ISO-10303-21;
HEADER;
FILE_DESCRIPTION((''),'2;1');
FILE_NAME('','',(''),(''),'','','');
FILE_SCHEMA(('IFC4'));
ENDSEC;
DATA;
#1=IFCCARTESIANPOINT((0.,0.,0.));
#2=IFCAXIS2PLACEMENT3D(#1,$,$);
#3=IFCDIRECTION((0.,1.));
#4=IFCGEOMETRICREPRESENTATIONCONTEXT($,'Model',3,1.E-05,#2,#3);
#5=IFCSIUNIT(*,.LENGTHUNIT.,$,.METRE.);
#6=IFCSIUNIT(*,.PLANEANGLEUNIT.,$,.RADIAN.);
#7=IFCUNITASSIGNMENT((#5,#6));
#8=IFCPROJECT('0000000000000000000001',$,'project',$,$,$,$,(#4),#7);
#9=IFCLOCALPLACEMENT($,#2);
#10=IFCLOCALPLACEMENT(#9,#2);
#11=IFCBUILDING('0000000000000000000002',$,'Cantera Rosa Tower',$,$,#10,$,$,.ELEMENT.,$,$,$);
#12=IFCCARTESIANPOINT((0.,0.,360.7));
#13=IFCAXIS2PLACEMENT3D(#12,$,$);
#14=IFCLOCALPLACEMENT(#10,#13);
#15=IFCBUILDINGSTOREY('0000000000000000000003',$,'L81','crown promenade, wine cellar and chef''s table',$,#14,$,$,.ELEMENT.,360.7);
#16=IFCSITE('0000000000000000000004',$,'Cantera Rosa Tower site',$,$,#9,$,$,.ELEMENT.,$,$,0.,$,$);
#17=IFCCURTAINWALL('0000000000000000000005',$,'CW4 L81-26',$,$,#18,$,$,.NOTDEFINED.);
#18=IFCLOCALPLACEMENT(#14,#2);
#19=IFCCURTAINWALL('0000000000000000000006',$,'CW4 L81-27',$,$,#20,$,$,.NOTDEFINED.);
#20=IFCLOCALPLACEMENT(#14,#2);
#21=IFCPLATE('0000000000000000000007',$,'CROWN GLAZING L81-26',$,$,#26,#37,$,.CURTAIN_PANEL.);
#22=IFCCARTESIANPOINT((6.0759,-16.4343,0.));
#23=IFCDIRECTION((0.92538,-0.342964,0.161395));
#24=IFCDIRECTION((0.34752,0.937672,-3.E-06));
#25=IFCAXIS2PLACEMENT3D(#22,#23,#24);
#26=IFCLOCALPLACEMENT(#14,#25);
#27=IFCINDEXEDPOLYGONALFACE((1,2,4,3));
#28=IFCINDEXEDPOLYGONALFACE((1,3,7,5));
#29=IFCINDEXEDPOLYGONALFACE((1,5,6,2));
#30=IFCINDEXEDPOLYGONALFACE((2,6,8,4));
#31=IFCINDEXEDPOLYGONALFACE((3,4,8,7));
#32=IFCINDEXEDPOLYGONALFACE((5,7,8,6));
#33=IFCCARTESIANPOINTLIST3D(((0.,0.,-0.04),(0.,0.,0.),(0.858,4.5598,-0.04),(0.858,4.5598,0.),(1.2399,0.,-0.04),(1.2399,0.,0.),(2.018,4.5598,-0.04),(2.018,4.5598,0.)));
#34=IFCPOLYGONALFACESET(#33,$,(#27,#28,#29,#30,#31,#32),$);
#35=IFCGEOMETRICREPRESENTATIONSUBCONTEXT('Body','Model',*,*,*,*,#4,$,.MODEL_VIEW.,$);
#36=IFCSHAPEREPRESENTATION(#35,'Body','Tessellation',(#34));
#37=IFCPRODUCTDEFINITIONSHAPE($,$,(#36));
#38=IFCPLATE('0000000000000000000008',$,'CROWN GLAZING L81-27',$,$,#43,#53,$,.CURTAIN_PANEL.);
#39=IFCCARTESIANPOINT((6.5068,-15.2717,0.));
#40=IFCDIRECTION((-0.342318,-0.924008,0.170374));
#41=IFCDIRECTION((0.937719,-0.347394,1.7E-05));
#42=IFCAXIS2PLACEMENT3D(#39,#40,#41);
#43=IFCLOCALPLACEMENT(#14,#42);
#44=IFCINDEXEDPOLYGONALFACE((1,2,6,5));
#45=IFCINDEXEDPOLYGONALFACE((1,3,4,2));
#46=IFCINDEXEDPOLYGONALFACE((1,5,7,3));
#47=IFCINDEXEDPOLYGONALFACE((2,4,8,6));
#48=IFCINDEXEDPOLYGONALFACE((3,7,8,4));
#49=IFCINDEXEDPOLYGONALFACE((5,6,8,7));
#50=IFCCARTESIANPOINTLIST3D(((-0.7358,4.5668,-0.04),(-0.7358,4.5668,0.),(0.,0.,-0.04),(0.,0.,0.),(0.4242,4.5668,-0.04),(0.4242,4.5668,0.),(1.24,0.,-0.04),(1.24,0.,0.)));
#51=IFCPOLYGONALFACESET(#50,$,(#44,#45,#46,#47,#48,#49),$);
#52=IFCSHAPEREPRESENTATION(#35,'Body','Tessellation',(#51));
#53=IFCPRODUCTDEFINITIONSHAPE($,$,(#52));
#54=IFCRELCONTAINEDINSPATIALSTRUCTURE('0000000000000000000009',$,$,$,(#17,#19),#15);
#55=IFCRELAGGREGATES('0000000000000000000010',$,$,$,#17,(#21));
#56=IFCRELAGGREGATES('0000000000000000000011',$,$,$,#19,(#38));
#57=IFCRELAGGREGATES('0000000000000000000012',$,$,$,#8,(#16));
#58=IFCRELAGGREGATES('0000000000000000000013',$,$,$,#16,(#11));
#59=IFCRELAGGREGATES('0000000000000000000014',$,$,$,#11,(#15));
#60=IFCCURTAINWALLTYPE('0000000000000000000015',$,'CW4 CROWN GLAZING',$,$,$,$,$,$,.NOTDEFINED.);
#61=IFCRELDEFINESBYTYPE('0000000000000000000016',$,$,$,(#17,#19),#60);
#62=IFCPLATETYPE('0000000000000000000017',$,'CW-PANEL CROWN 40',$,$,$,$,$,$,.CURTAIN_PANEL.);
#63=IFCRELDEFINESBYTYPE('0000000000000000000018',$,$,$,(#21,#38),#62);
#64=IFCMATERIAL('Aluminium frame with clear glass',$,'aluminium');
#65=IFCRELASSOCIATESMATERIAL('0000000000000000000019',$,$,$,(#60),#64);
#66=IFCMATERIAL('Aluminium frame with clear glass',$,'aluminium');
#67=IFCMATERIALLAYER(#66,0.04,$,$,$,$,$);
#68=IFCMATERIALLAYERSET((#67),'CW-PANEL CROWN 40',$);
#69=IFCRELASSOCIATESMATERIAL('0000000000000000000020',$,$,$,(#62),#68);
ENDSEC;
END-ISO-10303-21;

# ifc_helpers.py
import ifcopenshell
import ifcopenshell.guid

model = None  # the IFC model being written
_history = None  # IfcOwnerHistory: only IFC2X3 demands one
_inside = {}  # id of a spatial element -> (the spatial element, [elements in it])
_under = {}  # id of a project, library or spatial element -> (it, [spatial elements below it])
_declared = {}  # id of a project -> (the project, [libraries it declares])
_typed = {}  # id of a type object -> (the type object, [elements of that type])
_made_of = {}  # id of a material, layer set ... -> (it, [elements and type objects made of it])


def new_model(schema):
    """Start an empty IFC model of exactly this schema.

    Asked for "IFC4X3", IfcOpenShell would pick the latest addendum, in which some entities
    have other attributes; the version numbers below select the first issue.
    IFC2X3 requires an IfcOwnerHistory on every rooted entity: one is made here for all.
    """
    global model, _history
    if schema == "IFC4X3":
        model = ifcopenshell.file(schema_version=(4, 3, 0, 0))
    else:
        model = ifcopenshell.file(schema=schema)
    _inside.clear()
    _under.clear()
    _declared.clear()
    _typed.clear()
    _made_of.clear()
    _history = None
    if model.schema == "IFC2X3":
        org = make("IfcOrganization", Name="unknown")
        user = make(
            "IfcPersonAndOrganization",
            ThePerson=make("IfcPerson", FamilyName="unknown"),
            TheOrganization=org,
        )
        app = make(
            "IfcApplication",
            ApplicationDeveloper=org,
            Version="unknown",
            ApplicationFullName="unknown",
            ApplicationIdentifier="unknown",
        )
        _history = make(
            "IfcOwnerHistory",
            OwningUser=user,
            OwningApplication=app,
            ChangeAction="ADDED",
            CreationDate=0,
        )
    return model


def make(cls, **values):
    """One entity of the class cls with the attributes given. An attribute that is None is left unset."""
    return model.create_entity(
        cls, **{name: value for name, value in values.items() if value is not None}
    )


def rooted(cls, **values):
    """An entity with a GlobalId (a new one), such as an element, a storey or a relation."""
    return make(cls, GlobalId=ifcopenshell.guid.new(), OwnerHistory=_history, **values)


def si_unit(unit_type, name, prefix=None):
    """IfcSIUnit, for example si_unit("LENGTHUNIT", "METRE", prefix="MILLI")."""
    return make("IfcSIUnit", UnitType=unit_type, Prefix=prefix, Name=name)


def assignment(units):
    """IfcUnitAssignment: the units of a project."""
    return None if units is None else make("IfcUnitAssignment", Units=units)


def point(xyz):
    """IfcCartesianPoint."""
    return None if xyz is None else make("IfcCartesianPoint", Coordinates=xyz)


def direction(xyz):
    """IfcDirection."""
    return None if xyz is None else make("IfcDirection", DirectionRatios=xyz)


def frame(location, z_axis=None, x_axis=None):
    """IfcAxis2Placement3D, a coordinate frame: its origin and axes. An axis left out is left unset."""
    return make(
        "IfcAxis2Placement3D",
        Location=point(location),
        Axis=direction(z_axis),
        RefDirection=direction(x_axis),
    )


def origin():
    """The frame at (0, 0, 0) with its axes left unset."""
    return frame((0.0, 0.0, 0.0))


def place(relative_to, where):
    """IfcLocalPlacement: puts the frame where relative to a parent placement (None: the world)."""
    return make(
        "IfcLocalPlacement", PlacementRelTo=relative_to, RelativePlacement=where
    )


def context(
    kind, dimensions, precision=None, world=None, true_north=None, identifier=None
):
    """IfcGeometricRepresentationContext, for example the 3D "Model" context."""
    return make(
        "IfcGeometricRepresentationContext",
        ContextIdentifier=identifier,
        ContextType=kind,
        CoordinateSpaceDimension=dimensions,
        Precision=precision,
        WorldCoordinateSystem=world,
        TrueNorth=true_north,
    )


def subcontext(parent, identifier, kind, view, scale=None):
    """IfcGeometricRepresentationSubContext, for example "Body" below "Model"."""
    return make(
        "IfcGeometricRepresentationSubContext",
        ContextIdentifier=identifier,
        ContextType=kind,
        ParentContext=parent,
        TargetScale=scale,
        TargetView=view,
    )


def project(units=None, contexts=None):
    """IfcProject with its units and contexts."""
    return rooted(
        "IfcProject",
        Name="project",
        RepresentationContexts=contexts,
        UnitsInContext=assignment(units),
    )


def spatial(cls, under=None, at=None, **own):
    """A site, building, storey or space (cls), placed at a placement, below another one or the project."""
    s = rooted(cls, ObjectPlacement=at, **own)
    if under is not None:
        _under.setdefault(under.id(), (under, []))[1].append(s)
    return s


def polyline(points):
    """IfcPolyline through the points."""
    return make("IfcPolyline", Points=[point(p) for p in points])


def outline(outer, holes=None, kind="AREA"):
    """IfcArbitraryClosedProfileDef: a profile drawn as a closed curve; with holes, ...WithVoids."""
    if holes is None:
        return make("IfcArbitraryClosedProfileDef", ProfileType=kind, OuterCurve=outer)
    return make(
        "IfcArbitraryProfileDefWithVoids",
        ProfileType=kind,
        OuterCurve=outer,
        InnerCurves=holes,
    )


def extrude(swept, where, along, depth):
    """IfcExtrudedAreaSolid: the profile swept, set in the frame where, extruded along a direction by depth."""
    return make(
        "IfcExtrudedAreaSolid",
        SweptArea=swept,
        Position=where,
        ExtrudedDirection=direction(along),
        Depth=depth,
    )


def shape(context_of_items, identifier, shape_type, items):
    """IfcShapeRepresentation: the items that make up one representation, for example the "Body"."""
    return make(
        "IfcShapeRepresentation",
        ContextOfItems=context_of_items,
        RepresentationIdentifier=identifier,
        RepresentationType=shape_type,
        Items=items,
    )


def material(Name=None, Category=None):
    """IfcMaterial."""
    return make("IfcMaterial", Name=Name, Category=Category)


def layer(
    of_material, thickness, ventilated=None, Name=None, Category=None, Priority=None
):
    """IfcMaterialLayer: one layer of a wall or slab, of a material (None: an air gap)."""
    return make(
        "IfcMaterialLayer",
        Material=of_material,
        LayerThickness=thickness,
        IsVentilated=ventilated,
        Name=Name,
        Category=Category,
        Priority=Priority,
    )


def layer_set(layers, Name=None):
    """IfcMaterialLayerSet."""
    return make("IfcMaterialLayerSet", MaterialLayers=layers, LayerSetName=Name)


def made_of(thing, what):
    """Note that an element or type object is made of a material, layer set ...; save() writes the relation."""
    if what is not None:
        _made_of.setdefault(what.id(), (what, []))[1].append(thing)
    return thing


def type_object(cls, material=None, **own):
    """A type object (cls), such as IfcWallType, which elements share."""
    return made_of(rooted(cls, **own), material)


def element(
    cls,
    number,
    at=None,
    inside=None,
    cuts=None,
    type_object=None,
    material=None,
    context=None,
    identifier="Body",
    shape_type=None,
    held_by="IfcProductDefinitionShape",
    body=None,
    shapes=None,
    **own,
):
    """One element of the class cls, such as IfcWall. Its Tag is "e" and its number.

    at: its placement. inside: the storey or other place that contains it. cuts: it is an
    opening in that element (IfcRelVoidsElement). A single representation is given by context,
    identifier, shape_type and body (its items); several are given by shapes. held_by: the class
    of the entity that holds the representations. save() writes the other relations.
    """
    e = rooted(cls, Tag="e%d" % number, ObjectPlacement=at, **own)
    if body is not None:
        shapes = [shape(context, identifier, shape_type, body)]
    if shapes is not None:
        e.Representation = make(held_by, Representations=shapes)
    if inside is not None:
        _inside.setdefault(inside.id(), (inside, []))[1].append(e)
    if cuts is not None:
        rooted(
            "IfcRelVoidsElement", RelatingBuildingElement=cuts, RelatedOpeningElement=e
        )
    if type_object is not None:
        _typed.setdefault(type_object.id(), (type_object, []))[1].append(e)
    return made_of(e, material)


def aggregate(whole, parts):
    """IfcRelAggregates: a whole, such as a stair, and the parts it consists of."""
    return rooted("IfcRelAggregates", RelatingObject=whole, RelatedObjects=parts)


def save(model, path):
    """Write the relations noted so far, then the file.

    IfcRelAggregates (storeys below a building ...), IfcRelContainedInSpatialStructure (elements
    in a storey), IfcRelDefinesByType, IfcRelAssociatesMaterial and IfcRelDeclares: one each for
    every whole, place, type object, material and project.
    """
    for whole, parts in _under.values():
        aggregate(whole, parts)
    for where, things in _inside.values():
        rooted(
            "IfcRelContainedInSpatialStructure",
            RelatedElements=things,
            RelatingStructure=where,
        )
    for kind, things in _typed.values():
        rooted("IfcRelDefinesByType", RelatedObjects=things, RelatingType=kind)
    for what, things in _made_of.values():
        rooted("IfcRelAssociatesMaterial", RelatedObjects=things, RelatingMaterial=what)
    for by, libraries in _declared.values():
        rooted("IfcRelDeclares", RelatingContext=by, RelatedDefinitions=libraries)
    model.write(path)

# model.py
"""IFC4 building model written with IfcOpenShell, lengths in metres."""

from ifc_helpers import new_model, si_unit, direction, frame, origin, place, context, subcontext, project, spatial, polyline, outline, extrude, material, layer, layer_set, type_object, element, aggregate, save


model = new_model("IFC4")

# Units and contexts
model_context = context("Model", 3, precision=1e-05, world=origin(), true_north=direction((0.0, 1.0)))
body_context = subcontext(model_context, "Body", "Model", "MODEL_VIEW")
ifc_project = project(units=[si_unit("LENGTHUNIT", "METRE"), si_unit("PLANEANGLEUNIT", "RADIAN")], contexts=[model_context])

# Site, building, storey
site_placement = place(None, origin())
site = spatial("IfcSite", under=ifc_project, at=site_placement, Name="Cantera Rosa Tower site", CompositionType="ELEMENT", RefElevation=0.0)
building_placement = place(site_placement, origin())
building = spatial("IfcBuilding", under=site, at=building_placement, Name="Cantera Rosa Tower", CompositionType="ELEMENT")
storey_placement = place(building_placement, frame((0.0, 0.0, 360.7)))
storey = spatial("IfcBuildingStorey", under=building, at=storey_placement, Name="L81", Description="crown promenade, wine cellar and chef's table", CompositionType="ELEMENT", Elevation=360.7)

# Curtain walls
ifc_material_1 = material(Name="Aluminium frame with clear glass", Category="aluminium")
curtain_wall_type = type_object("IfcCurtainWallType", Name="CW4 CROWN GLAZING", PredefinedType="NOTDEFINED", material=ifc_material_1)
curtain_wall_1_placement = place(storey_placement, origin())
curtain_wall_1 = element("IfcCurtainWall", 1, at=curtain_wall_1_placement, inside=storey, type_object=curtain_wall_type, Name="CW4 L81-26", PredefinedType="NOTDEFINED")
curtain_wall_2_placement = place(storey_placement, origin())
curtain_wall_2 = element("IfcCurtainWall", 2, at=curtain_wall_2_placement, inside=storey, type_object=curtain_wall_type, Name="CW4 L81-27", PredefinedType="NOTDEFINED")

# Plates
ifc_material_2 = material(Name="Aluminium frame with clear glass", Category="aluminium")
ifc_layer_1 = layer(ifc_material_2, 0.04)
ifc_layer_set_1 = layer_set([ifc_layer_1], Name="CW-PANEL CROWN 40")
plate_type = type_object("IfcPlateType", Name="CW-PANEL CROWN 40", PredefinedType="CURTAIN_PANEL", material=ifc_layer_set_1)
plate_1_placement = place(storey_placement, frame((6.0759, -16.4343, 0.0), z_axis=(0.92538, -0.342964, 0.161395), x_axis=(0.34752, 0.937672, -0.000003)))
plate_1 = element("IfcPlate", 3, at=plate_1_placement, type_object=plate_type, Name="CROWN GLAZING L81-26", PredefinedType="CURTAIN_PANEL", context=body_context, shape_type="SweptSolid", body=[
    extrude(outline(polyline([(0.0, 0.0), (1.2399, 0.0), (2.018, 4.5598), (0.858, 4.5598), (0.0, 0.0)])), origin(), (0.0, 0.0, -1.0), 0.04),
])
plate_2_placement = place(storey_placement, frame((6.5068, -15.2717, 0.0), z_axis=(-0.342318, -0.924008, 0.170374), x_axis=(0.937719, -0.347394, 0.000017)))
plate_2 = element("IfcPlate", 4, at=plate_2_placement, type_object=plate_type, Name="CROWN GLAZING L81-27", PredefinedType="CURTAIN_PANEL", context=body_context, shape_type="SweptSolid", body=[
    extrude(outline(polyline([(0.0, 0.0), (1.24, 0.0), (0.4242, 4.5668), (-0.7358, 4.5668), (0.0, 0.0)])), origin(), (0.0, 0.0, -1.0), 0.04),
])

aggregate(curtain_wall_1, [plate_1])
aggregate(curtain_wall_2, [plate_2])

save(model, "model.ifc")
